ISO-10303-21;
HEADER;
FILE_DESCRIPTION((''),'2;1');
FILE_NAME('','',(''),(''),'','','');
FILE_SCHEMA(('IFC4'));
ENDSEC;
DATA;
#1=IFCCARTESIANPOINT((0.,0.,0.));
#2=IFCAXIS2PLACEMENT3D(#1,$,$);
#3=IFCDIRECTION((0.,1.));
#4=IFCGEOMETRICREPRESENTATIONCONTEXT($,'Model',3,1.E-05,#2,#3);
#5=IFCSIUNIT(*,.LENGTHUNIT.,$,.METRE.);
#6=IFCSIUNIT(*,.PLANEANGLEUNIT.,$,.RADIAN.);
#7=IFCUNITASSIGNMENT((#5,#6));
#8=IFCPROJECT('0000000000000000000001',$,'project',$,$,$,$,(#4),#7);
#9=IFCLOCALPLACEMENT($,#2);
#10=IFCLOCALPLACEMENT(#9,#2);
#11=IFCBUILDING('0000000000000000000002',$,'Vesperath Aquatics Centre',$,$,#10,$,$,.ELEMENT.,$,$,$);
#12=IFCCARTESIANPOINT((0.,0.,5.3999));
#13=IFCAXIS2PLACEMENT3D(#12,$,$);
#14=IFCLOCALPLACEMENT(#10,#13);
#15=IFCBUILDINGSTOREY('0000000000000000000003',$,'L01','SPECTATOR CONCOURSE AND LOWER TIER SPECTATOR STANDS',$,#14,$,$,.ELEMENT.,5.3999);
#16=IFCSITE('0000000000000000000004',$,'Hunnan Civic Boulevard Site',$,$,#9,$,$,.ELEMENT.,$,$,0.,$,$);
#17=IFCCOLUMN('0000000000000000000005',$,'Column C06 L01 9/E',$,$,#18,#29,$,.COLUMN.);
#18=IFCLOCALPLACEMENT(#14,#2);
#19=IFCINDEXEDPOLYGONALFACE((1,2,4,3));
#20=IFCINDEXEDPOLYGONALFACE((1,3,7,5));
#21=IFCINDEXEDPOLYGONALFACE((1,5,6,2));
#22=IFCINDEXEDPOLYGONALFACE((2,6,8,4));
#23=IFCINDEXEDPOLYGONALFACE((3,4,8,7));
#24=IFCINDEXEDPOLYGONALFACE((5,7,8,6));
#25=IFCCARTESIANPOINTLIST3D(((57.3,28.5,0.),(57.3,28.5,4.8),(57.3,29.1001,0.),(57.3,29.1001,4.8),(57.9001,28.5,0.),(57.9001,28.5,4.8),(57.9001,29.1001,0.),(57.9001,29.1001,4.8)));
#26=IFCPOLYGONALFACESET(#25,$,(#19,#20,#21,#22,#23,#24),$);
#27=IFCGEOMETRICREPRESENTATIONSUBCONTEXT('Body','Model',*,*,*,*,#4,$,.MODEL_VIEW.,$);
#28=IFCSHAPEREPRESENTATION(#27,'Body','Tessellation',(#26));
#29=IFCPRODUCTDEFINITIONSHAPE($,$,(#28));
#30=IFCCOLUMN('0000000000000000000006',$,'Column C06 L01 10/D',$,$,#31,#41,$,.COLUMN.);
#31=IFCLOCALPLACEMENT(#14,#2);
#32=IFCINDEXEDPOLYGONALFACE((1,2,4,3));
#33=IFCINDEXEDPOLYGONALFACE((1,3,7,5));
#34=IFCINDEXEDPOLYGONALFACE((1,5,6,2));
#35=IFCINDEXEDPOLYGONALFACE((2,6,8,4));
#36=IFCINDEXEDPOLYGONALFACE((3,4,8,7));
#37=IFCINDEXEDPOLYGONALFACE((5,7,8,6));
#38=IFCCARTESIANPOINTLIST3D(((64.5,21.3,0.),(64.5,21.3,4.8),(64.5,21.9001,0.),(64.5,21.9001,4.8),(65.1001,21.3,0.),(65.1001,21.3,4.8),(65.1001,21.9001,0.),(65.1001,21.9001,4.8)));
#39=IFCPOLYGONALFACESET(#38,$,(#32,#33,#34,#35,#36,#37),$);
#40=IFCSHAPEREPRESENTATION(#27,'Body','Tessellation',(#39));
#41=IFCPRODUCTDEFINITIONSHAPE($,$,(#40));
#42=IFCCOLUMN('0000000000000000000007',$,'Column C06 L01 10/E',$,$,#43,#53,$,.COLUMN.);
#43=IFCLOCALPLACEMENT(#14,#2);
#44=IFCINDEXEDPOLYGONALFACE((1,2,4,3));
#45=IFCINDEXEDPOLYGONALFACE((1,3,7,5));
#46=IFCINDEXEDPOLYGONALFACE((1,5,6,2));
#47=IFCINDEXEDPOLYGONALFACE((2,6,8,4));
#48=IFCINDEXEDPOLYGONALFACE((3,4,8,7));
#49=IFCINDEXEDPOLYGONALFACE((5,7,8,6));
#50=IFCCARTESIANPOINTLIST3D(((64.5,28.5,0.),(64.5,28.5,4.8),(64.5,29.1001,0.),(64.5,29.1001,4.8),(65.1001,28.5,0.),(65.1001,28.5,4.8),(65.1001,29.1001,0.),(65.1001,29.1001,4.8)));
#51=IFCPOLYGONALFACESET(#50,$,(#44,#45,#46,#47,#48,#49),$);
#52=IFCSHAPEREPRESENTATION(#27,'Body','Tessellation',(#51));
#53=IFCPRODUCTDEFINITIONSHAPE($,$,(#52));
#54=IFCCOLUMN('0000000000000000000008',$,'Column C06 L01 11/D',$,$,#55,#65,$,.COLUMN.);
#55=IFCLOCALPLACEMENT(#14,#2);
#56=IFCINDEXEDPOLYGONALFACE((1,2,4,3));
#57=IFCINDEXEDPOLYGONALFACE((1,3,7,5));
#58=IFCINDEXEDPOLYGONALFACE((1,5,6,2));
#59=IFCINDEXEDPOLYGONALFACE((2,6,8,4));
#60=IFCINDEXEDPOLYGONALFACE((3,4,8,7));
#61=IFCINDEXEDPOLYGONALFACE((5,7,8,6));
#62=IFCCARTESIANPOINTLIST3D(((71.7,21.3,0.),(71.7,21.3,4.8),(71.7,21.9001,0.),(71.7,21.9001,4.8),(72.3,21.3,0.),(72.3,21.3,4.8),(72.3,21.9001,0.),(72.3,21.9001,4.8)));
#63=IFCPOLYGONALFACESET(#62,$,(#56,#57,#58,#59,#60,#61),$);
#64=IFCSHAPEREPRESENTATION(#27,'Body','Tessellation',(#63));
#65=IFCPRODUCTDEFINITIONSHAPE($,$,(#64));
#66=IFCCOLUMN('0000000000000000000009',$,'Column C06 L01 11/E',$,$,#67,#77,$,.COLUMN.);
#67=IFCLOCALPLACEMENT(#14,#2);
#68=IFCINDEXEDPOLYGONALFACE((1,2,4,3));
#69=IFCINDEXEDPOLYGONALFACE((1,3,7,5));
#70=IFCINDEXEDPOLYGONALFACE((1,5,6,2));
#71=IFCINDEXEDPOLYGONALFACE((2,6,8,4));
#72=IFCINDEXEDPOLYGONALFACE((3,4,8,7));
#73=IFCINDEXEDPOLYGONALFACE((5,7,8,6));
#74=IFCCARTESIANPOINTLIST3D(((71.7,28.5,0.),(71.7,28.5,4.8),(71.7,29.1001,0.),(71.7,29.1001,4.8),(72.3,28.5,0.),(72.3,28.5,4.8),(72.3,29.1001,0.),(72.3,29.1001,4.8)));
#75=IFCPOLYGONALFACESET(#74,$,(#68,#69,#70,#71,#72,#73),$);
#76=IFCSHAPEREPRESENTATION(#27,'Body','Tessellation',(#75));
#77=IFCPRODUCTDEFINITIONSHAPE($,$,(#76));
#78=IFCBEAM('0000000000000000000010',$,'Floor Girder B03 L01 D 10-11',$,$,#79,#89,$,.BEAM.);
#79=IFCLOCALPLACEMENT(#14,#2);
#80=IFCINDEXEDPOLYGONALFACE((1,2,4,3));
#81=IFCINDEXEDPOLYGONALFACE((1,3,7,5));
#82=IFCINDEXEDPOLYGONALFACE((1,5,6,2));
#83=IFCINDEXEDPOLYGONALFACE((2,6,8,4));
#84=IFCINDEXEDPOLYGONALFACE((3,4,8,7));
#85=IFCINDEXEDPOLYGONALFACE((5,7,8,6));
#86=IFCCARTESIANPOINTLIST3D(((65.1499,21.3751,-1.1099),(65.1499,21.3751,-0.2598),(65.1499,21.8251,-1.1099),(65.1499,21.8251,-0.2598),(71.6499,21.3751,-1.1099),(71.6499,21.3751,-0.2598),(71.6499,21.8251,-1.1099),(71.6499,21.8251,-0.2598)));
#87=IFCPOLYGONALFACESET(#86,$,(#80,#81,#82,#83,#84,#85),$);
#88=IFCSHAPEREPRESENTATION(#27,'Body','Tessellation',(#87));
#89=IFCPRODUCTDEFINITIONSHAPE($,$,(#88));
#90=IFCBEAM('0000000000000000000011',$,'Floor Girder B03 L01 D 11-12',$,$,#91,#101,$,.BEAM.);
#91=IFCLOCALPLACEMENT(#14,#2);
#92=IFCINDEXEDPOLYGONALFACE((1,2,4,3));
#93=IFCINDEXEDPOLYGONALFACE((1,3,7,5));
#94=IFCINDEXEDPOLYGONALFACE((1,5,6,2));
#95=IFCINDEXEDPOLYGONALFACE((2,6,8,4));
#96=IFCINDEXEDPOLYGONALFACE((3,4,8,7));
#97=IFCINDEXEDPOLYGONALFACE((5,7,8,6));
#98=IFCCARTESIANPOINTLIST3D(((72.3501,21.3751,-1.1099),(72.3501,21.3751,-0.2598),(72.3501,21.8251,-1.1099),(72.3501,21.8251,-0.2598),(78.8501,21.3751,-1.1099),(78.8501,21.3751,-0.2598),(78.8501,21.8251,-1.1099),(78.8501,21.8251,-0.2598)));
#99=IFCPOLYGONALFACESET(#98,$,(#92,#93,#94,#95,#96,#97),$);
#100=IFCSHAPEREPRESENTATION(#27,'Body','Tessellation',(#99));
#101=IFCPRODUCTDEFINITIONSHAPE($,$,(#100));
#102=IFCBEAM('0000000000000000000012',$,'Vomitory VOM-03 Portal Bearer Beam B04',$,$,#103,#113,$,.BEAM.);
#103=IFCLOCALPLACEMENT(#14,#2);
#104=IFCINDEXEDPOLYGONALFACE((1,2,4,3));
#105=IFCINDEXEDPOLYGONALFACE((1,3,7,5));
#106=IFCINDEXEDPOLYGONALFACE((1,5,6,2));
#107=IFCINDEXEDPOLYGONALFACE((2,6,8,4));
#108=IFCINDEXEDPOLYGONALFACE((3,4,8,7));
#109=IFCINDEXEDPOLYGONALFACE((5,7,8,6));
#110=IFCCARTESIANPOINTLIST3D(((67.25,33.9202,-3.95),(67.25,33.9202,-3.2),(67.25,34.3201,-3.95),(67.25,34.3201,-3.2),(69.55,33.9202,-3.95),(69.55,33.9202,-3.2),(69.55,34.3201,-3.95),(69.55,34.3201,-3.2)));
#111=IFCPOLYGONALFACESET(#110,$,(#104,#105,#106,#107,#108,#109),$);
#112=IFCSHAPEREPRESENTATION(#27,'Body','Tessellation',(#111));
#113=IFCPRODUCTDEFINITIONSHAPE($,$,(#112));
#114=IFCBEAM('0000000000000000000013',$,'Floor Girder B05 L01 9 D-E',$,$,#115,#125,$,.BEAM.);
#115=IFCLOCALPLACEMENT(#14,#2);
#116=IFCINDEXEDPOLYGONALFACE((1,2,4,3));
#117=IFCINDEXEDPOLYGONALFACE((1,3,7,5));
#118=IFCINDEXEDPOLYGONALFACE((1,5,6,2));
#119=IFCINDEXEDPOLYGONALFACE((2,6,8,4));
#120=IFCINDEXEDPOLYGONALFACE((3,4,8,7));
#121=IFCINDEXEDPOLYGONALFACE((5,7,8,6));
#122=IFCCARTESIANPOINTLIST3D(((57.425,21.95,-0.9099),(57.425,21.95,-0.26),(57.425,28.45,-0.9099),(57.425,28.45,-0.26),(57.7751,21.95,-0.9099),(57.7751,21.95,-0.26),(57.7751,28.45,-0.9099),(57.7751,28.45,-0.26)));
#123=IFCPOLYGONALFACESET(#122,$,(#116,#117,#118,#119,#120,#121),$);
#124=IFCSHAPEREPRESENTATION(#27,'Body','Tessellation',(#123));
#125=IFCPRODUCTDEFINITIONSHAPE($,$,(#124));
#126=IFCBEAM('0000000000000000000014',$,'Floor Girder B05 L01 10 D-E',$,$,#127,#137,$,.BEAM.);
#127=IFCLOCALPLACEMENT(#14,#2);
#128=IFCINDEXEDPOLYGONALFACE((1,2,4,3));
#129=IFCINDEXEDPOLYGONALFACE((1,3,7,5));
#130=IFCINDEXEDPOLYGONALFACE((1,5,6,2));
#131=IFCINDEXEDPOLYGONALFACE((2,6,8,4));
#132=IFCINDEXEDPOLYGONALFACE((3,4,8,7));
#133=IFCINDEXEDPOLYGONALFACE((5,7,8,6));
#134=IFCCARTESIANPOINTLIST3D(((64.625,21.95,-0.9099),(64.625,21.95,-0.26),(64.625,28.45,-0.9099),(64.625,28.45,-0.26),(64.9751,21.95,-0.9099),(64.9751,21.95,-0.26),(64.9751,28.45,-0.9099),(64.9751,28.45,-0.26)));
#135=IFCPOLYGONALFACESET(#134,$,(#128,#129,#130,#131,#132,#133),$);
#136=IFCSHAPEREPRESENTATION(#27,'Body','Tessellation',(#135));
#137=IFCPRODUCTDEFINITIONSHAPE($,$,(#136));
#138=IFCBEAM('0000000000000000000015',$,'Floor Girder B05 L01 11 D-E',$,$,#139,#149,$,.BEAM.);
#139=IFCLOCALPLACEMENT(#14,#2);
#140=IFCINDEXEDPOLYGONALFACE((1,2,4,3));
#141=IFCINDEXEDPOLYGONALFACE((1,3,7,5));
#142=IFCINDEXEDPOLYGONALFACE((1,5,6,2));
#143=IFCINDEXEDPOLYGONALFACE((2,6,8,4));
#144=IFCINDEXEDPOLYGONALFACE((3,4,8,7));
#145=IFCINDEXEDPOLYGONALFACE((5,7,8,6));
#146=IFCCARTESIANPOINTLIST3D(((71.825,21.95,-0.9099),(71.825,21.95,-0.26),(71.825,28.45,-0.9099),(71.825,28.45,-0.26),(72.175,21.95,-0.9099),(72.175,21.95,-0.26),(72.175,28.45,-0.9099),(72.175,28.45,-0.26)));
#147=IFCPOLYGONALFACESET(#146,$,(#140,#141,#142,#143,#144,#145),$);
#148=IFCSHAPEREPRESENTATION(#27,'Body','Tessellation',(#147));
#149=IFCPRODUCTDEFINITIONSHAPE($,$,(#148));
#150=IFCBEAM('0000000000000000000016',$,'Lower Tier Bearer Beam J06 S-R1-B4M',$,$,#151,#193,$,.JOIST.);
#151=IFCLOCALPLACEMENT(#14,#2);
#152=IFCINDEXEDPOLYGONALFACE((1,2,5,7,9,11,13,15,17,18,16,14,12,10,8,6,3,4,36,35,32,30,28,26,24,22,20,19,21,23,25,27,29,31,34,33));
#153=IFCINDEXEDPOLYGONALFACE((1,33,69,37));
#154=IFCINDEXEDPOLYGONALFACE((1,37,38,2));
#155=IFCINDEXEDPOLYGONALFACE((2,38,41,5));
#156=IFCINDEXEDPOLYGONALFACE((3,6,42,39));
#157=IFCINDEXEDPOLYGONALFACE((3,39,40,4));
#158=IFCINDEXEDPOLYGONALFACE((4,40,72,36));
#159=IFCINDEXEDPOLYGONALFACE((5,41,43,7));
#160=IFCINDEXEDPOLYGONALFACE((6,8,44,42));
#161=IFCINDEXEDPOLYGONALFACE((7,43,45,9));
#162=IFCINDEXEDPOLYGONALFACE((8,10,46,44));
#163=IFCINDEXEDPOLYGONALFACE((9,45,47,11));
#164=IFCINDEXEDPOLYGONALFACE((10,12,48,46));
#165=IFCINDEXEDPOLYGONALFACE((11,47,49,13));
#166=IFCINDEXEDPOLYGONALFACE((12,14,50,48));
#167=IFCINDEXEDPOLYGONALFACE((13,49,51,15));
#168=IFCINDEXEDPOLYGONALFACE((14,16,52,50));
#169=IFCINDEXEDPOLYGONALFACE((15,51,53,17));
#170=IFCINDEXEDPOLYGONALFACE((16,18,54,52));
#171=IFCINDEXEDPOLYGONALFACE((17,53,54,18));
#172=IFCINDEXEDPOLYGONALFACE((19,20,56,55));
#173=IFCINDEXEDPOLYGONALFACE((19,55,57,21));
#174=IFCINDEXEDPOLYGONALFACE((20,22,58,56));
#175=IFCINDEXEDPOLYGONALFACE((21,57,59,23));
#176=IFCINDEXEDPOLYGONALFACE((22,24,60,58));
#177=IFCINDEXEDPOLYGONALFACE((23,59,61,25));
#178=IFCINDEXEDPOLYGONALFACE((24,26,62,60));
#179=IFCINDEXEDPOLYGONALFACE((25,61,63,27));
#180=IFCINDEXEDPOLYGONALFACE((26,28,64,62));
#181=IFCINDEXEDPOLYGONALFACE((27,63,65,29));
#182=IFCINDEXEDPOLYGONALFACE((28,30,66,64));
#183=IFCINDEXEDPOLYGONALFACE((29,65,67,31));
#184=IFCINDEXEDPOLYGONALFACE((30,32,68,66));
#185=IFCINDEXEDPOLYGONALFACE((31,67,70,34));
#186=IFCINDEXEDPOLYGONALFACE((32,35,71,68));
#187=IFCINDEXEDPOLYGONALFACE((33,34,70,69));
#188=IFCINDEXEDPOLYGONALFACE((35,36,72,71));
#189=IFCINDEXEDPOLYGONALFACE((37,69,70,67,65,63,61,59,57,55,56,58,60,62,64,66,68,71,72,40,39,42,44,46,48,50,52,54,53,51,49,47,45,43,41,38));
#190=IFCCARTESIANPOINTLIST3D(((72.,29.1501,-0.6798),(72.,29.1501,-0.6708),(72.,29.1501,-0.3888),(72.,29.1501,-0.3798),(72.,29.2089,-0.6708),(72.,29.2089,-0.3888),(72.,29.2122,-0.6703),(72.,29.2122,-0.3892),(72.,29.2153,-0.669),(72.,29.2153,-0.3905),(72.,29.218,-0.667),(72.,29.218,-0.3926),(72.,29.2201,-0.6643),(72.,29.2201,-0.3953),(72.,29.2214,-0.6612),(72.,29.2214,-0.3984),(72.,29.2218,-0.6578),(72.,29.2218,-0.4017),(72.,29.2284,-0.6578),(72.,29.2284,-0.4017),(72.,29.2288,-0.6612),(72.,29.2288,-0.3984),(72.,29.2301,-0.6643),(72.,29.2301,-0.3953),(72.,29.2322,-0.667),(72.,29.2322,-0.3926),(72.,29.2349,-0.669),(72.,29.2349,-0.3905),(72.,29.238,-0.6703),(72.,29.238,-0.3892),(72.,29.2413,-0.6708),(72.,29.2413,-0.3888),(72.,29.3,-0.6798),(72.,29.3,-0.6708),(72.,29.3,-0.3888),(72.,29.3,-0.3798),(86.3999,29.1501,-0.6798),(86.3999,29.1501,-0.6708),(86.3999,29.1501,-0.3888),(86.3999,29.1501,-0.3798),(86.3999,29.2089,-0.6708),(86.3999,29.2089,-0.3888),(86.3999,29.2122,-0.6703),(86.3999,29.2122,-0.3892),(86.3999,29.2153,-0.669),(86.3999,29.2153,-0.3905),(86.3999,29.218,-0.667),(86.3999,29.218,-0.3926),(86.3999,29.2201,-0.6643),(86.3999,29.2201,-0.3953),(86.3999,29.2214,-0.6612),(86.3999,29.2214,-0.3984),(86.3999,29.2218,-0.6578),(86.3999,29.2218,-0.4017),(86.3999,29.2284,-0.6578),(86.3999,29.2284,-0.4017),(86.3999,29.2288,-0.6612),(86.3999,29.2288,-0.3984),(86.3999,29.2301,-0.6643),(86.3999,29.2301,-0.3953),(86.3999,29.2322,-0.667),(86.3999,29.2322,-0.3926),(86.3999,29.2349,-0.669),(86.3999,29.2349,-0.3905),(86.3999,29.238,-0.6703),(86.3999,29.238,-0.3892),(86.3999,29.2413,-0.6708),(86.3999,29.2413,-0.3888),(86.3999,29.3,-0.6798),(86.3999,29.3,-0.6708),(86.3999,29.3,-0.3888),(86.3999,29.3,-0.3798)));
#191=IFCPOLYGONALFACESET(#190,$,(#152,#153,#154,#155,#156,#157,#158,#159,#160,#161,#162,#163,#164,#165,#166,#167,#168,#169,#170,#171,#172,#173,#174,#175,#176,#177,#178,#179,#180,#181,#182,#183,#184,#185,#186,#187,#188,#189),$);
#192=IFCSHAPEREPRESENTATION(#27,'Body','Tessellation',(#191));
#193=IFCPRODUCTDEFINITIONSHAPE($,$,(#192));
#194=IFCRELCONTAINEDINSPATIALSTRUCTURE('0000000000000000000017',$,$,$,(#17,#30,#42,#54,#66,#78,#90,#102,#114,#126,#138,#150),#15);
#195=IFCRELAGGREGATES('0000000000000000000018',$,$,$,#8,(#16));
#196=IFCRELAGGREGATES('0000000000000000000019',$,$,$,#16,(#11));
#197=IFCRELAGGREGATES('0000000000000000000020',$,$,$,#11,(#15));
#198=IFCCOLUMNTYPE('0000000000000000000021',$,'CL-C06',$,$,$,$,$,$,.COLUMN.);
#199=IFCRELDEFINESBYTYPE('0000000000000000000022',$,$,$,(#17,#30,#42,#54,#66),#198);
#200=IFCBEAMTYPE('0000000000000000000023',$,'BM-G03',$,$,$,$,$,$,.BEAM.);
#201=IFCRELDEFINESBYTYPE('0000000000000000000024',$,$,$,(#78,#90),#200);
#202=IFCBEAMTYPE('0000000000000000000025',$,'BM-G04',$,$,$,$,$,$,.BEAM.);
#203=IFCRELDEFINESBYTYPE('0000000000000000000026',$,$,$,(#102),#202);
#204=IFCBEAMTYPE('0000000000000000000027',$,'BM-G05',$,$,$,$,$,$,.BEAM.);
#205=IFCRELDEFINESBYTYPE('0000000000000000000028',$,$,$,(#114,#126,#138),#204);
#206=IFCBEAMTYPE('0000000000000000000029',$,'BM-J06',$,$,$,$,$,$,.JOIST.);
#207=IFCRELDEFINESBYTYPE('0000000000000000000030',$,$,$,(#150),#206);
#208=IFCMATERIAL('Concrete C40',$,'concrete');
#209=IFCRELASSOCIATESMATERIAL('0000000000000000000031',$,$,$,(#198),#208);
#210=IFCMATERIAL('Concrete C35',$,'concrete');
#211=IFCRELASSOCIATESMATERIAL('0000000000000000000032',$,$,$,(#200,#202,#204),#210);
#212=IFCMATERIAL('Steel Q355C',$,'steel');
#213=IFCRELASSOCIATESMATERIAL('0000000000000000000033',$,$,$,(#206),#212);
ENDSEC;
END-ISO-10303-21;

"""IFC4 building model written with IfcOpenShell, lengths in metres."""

from ifc_helpers import new_model, si_unit, direction, frame, origin, origin_2d, place, context, subcontext, project, spatial, rectangle, i_section, extrude, material, material_profile, profile_set, type_object, element, save


model = new_model("IFC4")

# Units and contexts
model_context = context("Model", 3, precision=1e-05, world=origin(), true_north=direction((0.0, 1.0)))
body_context = subcontext(model_context, "Body", "Model", "MODEL_VIEW")
ifc_project = project(units=[si_unit("LENGTHUNIT", "METRE"), si_unit("PLANEANGLEUNIT", "RADIAN")], contexts=[model_context])

# Site, building, storey
site_placement = place(None, origin())
site = spatial("IfcSite", under=ifc_project, at=site_placement, Name="Hunnan Civic Boulevard Site", CompositionType="ELEMENT", RefElevation=0.0)
building_placement = place(site_placement, origin())
building = spatial("IfcBuilding", under=site, at=building_placement, Name="Vesperath Aquatics Centre", CompositionType="ELEMENT")
storey_placement = place(building_placement, frame((0.0, 0.0, 5.3999)))
storey = spatial("IfcBuildingStorey", under=building, at=storey_placement, Name="L01", Description="SPECTATOR CONCOURSE AND LOWER TIER SPECTATOR STANDS", CompositionType="ELEMENT", Elevation=5.3999)

# Columns
ifc_material_1 = material(Name="Concrete C40", Category="concrete")
ifc_material_profile_1 = material_profile(ifc_material_1, rectangle(XDim=0.6001, YDim=0.6001, at=origin_2d()), Name="RC 600x600")
ifc_profile_set_1 = profile_set([ifc_material_profile_1], Name="Concrete C40")
column_type = type_object("IfcColumnType", Name="CL-C06", PredefinedType="COLUMN", material=ifc_profile_set_1)
for number, where, z_axis, x_axis, name in (
    (1, (57.6001, 28.8, 0.0), (0.0, 0.0, 1.0), (1.0, 0.0, 0.0), "Column C06 L01 9/E"),
    (2, (64.8, 21.6001, 0.0), (0.0, 0.0, 1.0), (1.0, 0.0, 0.0), "Column C06 L01 10/D"),
    (3, (64.8, 28.8, 0.0), (0.0, 0.0, 1.0), (1.0, 0.0, 0.0), "Column C06 L01 10/E"),
    (4, (72.0, 21.6001, 0.0), (0.0, 0.0, 1.0), (1.0, 0.0, 0.0), "Column C06 L01 11/D"),
    (5, (72.0, 28.8, 0.0), (0.0, 0.0, 1.0), (1.0, 0.0, 0.0), "Column C06 L01 11/E"),
):
    element("IfcColumn", number, at=place(storey_placement, frame(where, z_axis=z_axis, x_axis=x_axis)), inside=storey, type_object=column_type, Name=name, PredefinedType="COLUMN", context=body_context, shape_type="SweptSolid", body=[
        extrude(rectangle(XDim=0.6001, YDim=0.6001, at=origin_2d()), origin(), (0.0, 0.0, 1.0), 4.8),
    ])

# Beams
ifc_material_2 = material(Name="Concrete C35", Category="concrete")
ifc_material_profile_2 = material_profile(ifc_material_2, rectangle(XDim=0.45, YDim=0.8501, at=origin_2d()), Name="RC 450x850")
ifc_profile_set_2 = profile_set([ifc_material_profile_2], Name="Concrete C35")
beam_type_1 = type_object("IfcBeamType", Name="BM-G03", PredefinedType="BEAM", material=ifc_profile_set_2)
for number, where, z_axis, x_axis, name in (
    (6, (65.1499, 21.6001, -0.6848), (1.0, 0.0, 0.0), (0.0, 1.0, 0.0), "Floor Girder B03 L01 D 10-11"),
    (7, (72.3501, 21.6001, -0.6848), (1.0, 0.0, 0.0), (0.0, 1.0, 0.0), "Floor Girder B03 L01 D 11-12"),
):
    element("IfcBeam", number, at=place(storey_placement, frame(where, z_axis=z_axis, x_axis=x_axis)), inside=storey, type_object=beam_type_1, Name=name, PredefinedType="BEAM", context=body_context, shape_type="SweptSolid", body=[
        extrude(rectangle(XDim=0.45, YDim=0.8501, at=origin_2d()), origin(), (0.0, 0.0, 1.0), 6.5),
    ])
ifc_material_profile_3 = material_profile(ifc_material_2, rectangle(XDim=0.3999, YDim=0.75, at=origin_2d()), Name="RC 400x750")
ifc_profile_set_3 = profile_set([ifc_material_profile_3], Name="Concrete C35")
beam_type_2 = type_object("IfcBeamType", Name="BM-G04", PredefinedType="BEAM", material=ifc_profile_set_3)
beam_placement = place(storey_placement, frame((67.25, 34.1201, -3.575), z_axis=(1.0, 0.0, 0.0), x_axis=(0.0, 1.0, 0.0)))
element("IfcBeam", 8, at=beam_placement, inside=storey, type_object=beam_type_2, Name="Vomitory VOM-03 Portal Bearer Beam B04", PredefinedType="BEAM", context=body_context, shape_type="SweptSolid", body=[
    extrude(rectangle(XDim=0.3999, YDim=0.75, at=origin_2d()), origin(), (0.0, 0.0, 1.0), 2.3),
])
ifc_material_profile_4 = material_profile(ifc_material_2, rectangle(XDim=0.3501, YDim=0.6499, at=origin_2d()), Name="RC 350x650")
ifc_profile_set_4 = profile_set([ifc_material_profile_4], Name="Concrete C35")
beam_type_3 = type_object("IfcBeamType", Name="BM-G05", PredefinedType="BEAM", material=ifc_profile_set_4)
for number, where, z_axis, x_axis, name in (
    (9, (57.6001, 21.95, -0.585), (0.0, 1.0, 0.0), (-1.0, 0.0, 0.0), "Floor Girder B05 L01 9 D-E"),
    (10, (64.8, 21.95, -0.585), (0.0, 1.0, 0.0), (-1.0, 0.0, 0.0), "Floor Girder B05 L01 10 D-E"),
    (11, (72.0, 21.95, -0.585), (0.0, 1.0, 0.0), (-1.0, 0.0, 0.0), "Floor Girder B05 L01 11 D-E"),
):
    element("IfcBeam", number, at=place(storey_placement, frame(where, z_axis=z_axis, x_axis=x_axis)), inside=storey, type_object=beam_type_3, Name=name, PredefinedType="BEAM", context=body_context, shape_type="SweptSolid", body=[
        extrude(rectangle(XDim=0.3501, YDim=0.6499, at=origin_2d()), origin(), (0.0, 0.0, 1.0), 6.5),
    ])
ifc_material_3 = material(Name="Steel Q355C", Category="steel")
ifc_material_profile_5 = material_profile(ifc_material_3, i_section(OverallWidth=0.1499, OverallDepth=0.3, WebThickness=0.0066, FlangeThickness=0.009, FilletRadius=0.0129, at=origin_2d()), Name="HN 300x150x6.5x9")
ifc_profile_set_5 = profile_set([ifc_material_profile_5], Name="Steel Q355C")
beam_type_4 = type_object("IfcBeamType", Name="BM-J06", PredefinedType="JOIST", material=ifc_profile_set_5)
for number, where, z_axis, x_axis, name in (
    (12, (72.0, 29.2251, -0.5298), (1.0, 0.0, 0.0), (0.0, 1.0, 0.0), "Lower Tier Bearer Beam J06 S-R1-B4M"),
):
    element("IfcBeam", number, at=place(storey_placement, frame(where, z_axis=z_axis, x_axis=x_axis)), inside=storey, type_object=beam_type_4, Name=name, PredefinedType="JOIST", context=body_context, shape_type="SweptSolid", body=[
        extrude(i_section(OverallWidth=0.1499, OverallDepth=0.3, WebThickness=0.0066, FlangeThickness=0.009, FilletRadius=0.0129, at=origin_2d()), origin(), (0.0, 0.0, 1.0), 14.3999),
    ])

save(model, "model.ifc")
